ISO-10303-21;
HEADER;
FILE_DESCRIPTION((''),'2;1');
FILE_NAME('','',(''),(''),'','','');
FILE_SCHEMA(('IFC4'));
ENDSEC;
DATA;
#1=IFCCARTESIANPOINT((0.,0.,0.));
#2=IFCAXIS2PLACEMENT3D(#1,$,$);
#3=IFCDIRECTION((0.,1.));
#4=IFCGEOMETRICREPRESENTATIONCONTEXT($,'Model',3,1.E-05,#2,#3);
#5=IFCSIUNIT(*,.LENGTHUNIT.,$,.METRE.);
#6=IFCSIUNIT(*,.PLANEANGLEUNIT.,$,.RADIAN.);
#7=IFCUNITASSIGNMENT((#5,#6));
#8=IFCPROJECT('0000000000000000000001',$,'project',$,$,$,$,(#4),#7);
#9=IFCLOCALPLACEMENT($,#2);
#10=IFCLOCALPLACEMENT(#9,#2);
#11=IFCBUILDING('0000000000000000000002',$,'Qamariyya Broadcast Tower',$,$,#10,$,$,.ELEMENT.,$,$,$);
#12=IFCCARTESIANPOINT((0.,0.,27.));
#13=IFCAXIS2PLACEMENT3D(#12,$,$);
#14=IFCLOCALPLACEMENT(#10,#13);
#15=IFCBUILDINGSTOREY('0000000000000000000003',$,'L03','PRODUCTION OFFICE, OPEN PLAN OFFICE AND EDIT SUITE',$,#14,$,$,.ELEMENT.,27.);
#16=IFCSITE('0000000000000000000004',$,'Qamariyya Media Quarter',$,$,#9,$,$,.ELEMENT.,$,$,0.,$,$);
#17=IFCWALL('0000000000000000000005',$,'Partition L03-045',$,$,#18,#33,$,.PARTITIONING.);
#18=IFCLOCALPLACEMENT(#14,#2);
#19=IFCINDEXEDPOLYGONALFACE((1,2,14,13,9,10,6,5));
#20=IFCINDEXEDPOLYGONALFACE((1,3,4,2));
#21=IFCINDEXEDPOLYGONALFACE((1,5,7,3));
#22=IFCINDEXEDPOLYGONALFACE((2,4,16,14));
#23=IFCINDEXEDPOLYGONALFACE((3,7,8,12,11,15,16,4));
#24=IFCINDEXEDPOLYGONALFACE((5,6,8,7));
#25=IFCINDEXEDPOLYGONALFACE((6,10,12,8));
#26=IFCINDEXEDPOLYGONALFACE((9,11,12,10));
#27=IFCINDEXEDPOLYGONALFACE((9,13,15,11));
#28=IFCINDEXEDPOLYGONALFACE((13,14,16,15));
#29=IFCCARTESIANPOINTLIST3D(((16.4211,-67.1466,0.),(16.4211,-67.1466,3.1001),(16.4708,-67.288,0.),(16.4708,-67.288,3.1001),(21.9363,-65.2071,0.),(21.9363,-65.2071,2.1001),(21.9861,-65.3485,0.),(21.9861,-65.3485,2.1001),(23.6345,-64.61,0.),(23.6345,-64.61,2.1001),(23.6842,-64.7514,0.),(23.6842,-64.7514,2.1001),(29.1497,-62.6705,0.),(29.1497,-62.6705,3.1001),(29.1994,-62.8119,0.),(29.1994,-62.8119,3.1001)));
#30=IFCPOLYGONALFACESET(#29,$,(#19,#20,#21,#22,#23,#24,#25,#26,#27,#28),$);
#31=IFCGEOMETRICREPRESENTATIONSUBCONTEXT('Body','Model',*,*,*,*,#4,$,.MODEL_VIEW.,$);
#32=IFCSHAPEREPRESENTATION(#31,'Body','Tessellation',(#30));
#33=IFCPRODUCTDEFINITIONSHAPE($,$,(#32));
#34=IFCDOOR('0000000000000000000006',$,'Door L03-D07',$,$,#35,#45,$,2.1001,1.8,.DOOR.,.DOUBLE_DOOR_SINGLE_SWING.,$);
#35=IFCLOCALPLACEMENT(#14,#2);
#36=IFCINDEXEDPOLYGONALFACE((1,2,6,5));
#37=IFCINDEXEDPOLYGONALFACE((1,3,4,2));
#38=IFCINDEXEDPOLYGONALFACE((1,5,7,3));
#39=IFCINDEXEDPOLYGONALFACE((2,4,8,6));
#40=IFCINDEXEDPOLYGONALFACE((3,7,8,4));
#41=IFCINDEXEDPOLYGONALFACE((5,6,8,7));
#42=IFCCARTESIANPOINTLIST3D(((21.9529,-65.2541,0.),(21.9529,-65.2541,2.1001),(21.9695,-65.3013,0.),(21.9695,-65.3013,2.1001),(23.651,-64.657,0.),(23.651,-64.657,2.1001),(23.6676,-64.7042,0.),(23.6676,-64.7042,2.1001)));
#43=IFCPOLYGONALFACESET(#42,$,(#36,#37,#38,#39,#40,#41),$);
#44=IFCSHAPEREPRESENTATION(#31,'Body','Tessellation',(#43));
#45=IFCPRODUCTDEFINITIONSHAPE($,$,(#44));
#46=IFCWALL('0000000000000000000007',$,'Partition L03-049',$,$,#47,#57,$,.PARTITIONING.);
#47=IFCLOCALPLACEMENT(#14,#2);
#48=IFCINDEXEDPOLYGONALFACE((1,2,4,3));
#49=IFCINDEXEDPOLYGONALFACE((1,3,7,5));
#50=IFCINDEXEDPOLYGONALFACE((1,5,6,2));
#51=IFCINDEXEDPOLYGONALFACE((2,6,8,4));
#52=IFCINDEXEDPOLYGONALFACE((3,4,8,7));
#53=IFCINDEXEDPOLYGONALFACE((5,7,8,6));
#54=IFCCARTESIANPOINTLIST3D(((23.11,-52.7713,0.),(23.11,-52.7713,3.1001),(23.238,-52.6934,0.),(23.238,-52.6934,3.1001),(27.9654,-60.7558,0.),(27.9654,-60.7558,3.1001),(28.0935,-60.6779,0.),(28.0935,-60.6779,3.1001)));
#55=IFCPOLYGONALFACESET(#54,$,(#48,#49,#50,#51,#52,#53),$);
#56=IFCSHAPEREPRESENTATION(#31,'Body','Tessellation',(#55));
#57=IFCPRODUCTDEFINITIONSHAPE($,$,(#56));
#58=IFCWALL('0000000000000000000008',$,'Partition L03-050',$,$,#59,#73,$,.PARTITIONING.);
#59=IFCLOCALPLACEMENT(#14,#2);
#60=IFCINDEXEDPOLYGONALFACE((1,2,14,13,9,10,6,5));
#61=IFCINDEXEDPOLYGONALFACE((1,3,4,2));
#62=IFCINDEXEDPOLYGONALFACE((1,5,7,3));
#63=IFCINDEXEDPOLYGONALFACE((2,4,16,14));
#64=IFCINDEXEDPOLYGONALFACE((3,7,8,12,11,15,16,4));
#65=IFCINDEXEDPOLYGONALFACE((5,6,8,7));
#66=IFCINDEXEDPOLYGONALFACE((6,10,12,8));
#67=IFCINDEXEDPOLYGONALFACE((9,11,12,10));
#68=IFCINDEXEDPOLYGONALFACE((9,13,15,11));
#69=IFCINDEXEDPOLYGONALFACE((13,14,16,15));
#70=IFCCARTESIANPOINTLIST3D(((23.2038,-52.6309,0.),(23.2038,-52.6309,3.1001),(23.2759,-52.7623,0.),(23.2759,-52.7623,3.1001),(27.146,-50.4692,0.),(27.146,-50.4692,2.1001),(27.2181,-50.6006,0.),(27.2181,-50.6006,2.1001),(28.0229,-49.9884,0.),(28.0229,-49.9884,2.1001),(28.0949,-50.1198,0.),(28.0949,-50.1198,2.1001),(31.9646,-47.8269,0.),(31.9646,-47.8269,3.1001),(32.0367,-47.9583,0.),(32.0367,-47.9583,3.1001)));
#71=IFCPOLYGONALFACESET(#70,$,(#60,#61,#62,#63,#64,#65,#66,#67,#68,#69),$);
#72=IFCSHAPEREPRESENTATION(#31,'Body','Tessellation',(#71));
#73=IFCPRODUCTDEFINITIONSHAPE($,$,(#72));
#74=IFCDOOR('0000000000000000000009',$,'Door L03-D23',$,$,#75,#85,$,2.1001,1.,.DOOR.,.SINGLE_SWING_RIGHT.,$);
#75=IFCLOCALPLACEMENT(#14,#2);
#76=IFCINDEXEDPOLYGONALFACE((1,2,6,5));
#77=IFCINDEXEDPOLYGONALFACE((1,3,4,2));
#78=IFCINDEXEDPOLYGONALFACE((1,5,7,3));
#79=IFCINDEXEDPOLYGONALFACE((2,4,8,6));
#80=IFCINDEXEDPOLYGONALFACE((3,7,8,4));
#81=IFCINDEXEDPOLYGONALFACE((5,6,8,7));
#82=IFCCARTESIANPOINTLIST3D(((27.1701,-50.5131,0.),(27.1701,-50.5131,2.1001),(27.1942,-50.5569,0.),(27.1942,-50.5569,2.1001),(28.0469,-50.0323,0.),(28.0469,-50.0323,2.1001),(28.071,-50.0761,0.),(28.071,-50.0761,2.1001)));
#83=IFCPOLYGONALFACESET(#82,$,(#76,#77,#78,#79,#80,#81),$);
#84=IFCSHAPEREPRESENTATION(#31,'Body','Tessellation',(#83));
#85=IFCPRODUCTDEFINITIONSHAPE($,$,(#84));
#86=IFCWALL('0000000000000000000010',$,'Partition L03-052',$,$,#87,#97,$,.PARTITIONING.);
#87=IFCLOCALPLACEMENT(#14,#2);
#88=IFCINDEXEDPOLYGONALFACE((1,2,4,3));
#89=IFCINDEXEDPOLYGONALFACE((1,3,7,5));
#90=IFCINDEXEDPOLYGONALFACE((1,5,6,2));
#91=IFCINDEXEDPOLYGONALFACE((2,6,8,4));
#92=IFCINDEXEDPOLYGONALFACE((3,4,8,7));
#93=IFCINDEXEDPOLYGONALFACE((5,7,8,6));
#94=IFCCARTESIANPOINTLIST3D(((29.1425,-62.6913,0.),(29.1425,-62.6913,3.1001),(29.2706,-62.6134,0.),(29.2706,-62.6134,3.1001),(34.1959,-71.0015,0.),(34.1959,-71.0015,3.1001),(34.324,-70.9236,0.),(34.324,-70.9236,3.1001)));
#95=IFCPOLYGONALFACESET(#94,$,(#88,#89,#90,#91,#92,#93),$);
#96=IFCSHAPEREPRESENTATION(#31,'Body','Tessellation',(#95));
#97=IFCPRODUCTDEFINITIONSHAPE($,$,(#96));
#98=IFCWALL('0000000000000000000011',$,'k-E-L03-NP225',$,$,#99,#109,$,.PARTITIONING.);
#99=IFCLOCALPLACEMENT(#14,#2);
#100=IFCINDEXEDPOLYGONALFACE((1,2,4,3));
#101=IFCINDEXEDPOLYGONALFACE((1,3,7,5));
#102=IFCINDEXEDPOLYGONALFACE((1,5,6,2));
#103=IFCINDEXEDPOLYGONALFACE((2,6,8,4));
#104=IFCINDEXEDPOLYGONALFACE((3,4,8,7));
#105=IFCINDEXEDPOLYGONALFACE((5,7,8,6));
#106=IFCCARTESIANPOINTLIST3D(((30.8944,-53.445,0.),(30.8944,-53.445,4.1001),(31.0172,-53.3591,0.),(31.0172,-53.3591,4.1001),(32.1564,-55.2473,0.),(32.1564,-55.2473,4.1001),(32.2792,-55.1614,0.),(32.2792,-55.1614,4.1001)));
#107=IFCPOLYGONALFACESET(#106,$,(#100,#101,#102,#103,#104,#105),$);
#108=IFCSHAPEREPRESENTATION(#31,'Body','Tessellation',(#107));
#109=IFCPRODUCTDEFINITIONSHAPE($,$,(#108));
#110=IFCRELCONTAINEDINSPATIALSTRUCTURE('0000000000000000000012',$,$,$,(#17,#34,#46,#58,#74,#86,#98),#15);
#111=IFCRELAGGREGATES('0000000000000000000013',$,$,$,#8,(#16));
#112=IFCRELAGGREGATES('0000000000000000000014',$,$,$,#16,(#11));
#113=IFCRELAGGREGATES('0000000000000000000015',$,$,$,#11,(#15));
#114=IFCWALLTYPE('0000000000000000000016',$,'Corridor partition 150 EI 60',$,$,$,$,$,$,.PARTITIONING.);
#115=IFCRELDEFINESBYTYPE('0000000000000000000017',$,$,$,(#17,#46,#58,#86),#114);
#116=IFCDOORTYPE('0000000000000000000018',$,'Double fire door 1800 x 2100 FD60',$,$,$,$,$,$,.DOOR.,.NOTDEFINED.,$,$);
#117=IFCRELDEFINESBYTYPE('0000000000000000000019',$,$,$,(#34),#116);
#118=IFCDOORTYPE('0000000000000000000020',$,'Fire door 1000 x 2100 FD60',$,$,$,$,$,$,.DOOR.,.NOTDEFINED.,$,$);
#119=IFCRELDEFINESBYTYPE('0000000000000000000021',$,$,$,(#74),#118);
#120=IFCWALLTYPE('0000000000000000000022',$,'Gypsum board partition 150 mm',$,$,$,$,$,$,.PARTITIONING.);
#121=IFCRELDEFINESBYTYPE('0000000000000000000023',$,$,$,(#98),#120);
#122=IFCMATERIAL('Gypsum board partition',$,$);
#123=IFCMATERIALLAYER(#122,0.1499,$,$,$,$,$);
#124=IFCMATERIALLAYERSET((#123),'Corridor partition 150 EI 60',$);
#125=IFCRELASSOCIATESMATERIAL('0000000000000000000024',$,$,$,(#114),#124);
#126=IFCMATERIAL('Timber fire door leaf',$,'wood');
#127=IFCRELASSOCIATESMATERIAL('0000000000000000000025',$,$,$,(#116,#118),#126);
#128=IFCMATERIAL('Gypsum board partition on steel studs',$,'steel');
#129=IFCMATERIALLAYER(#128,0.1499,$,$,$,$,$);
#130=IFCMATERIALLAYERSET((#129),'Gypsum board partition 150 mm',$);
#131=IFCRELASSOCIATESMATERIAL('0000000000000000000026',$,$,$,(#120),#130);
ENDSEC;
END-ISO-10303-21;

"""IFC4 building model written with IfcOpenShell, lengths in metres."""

from ifc_helpers import new_model, si_unit, direction, frame, frame_2d, origin, place, context, subcontext, project, spatial, rectangle, extrude, material, layer, layer_set, type_object, element, fill, save


model = new_model("IFC4")

# Units and contexts
model_context = context("Model", 3, precision=1e-05, world=origin(), true_north=direction((0.0, 1.0)))
body_context = subcontext(model_context, "Body", "Model", "MODEL_VIEW")
ifc_project = project(units=[si_unit("LENGTHUNIT", "METRE"), si_unit("PLANEANGLEUNIT", "RADIAN")], contexts=[model_context])

# Site, building, storey
site_placement = place(None, origin())
site = spatial("IfcSite", under=ifc_project, at=site_placement, Name="Qamariyya Media Quarter", CompositionType="ELEMENT", RefElevation=0.0)
building_placement = place(site_placement, origin())
building = spatial("IfcBuilding", under=site, at=building_placement, Name="Qamariyya Broadcast Tower", CompositionType="ELEMENT")
storey_placement = place(building_placement, frame((0.0, 0.0, 27.0)))
storey = spatial("IfcBuildingStorey", under=building, at=storey_placement, Name="L03", Description="PRODUCTION OFFICE, OPEN PLAN OFFICE AND EDIT SUITE", CompositionType="ELEMENT", Elevation=27.0)

# Wall, opening, door
ifc_material_1 = material(Name="Gypsum board partition")
ifc_layer_1 = layer(ifc_material_1, 0.1499)
ifc_layer_set_1 = layer_set([ifc_layer_1], Name="Corridor partition 150 EI 60")
wall_type_1 = type_object("IfcWallType", Name="Corridor partition 150 EI 60", PredefinedType="PARTITIONING", material=ifc_layer_set_1)
wall_1_placement = place(storey_placement, frame((29.1746, -62.7412, 0.0), z_axis=(0.0, 0.0, 1.0), x_axis=(-0.94337, -0.331743, 0.0)))
wall_1 = element("IfcWall", 1, at=wall_1_placement, inside=storey, type_object=wall_type_1, Name="Partition L03-045", PredefinedType="PARTITIONING", context=body_context, shape_type="SweptSolid", body=[
    extrude(rectangle(XDim=13.4927, YDim=0.1499, at=frame_2d((6.7463, 0.0))), origin(), (0.0, 0.0, 1.0), 3.1001),
])
opening_1_placement = place(wall_1_placement, frame((5.8464, 0.0, 0.0)))
opening_1 = element("IfcOpeningElement", 2, at=opening_1_placement, cuts=wall_1, PredefinedType="OPENING", context=body_context, shape_type="SweptSolid", body=[
    extrude(rectangle(XDim=1.8, YDim=2.1001, at=frame_2d((0.8999, 1.05))), frame((0.0, 0.085, 0.0), z_axis=(0.0, -1.0, 0.0), x_axis=(1.0, 0.0, 0.0)), (0.0, 0.0, 1.0), 0.1699),
])
ifc_material_2 = material(Name="Timber fire door leaf", Category="wood")
door_type_1 = type_object("IfcDoorType", Name="Double fire door 1800 x 2100 FD60", OperationType="NOTDEFINED", PredefinedType="DOOR", material=ifc_material_2)
door_1_placement = place(opening_1_placement, origin())
door_1 = element("IfcDoor", 3, at=door_1_placement, inside=storey, type_object=door_type_1, Name="Door L03-D07", OperationType="DOUBLE_DOOR_SINGLE_SWING", OverallHeight=2.1001, OverallWidth=1.8, PredefinedType="DOOR", context=body_context, shape_type="SweptSolid", body=[
    extrude(rectangle(XDim=1.8, YDim=2.1001, at=frame_2d((0.8999, 1.05))), frame((0.0, 0.0249, 0.0), z_axis=(0.0, -1.0, 0.0), x_axis=(1.0, 0.0, 0.0)), (0.0, 0.0, 1.0), 0.05),
])
fill(opening_1, door_1)

# Wall
wall_2_placement = place(storey_placement, frame((23.1741, -52.7324, 0.0), z_axis=(0.0, 0.0, 1.0), x_axis=(0.519577, -0.854423, 0.0)))
element("IfcWall", 4, at=wall_2_placement, inside=storey, type_object=wall_type_1, Name="Partition L03-049", PredefinedType="PARTITIONING", context=body_context, shape_type="SweptSolid", body=[
    extrude(rectangle(XDim=9.345, YDim=0.1499, at=frame_2d((4.6724, 0.0))), origin(), (0.0, 0.0, 1.0), 3.1001),
])

# Wall, opening, door
wall_3_placement = place(storey_placement, frame((23.24, -52.6965, 0.0), z_axis=(0.0, 0.0, 1.0), x_axis=(0.876826, 0.480808, 0.0)))
wall_3 = element("IfcWall", 5, at=wall_3_placement, inside=storey, type_object=wall_type_1, Name="Partition L03-050", PredefinedType="PARTITIONING", context=body_context, shape_type="SweptSolid", body=[
    extrude(rectangle(XDim=9.9915, YDim=0.1499, at=frame_2d((4.9956, 0.0))), origin(), (0.0, 0.0, 1.0), 3.1001),
])
opening_2_placement = place(wall_3_placement, frame((4.4958, 0.0, 0.0)))
opening_2 = element("IfcOpeningElement", 6, at=opening_2_placement, cuts=wall_3, PredefinedType="OPENING", context=body_context, shape_type="SweptSolid", body=[
    extrude(rectangle(XDim=1.0, YDim=2.1001, at=frame_2d((0.5, 1.05))), frame((0.0, 0.085, 0.0), z_axis=(0.0, -1.0, 0.0), x_axis=(1.0, 0.0, 0.0)), (0.0, 0.0, 1.0), 0.1699),
])
door_type_2 = type_object("IfcDoorType", Name="Fire door 1000 x 2100 FD60", OperationType="NOTDEFINED", PredefinedType="DOOR", material=ifc_material_2)
door_2_placement = place(opening_2_placement, origin())
door_2 = element("IfcDoor", 7, at=door_2_placement, inside=storey, type_object=door_type_2, Name="Door L03-D23", OperationType="SINGLE_SWING_RIGHT", OverallHeight=2.1001, OverallWidth=1.0, PredefinedType="DOOR", context=body_context, shape_type="SweptSolid", body=[
    extrude(rectangle(XDim=1.0, YDim=2.1001, at=frame_2d((0.5, 1.05))), frame((0.0, 0.0249, 0.0), z_axis=(0.0, -1.0, 0.0), x_axis=(1.0, 0.0, 0.0)), (0.0, 0.0, 1.0), 0.05),
])
fill(opening_2, door_2)

# Walls
wall_4_placement = place(storey_placement, frame((29.2065, -62.6523, 0.0), z_axis=(0.0, 0.0, 1.0), x_axis=(0.519573, -0.854426, 0.0)))
element("IfcWall", 8, at=wall_4_placement, inside=storey, type_object=wall_type_1, Name="Partition L03-052", PredefinedType="PARTITIONING", context=body_context, shape_type="SweptSolid", body=[
    extrude(rectangle(XDim=9.7261, YDim=0.1499, at=frame_2d((4.863, 0.0))), origin(), (0.0, 0.0, 1.0), 3.1001),
])
ifc_material_3 = material(Name="Gypsum board partition on steel studs", Category="steel")
ifc_layer_2 = layer(ifc_material_3, 0.1499)
ifc_layer_set_2 = layer_set([ifc_layer_2], Name="Gypsum board partition 150 mm")
wall_type_2 = type_object("IfcWallType", Name="Gypsum board partition 150 mm", PredefinedType="PARTITIONING", material=ifc_layer_set_2)
wall_5_placement = place(storey_placement, frame((32.2178, -55.2043, 0.0), z_axis=(0.0, 0.0, 1.0), x_axis=(-0.573581, 0.819149, 0.0)))
element("IfcWall", 9, at=wall_5_placement, inside=storey, type_object=wall_type_2, Name="k-E-L03-NP225", PredefinedType="PARTITIONING", context=body_context, shape_type="SweptSolid", body=[
    extrude(rectangle(XDim=2.2002, YDim=0.1499, at=frame_2d((1.1001, 0.0))), origin(), (0.0, 0.0, 1.0), 4.1001),
])

save(model, "model.ifc")
